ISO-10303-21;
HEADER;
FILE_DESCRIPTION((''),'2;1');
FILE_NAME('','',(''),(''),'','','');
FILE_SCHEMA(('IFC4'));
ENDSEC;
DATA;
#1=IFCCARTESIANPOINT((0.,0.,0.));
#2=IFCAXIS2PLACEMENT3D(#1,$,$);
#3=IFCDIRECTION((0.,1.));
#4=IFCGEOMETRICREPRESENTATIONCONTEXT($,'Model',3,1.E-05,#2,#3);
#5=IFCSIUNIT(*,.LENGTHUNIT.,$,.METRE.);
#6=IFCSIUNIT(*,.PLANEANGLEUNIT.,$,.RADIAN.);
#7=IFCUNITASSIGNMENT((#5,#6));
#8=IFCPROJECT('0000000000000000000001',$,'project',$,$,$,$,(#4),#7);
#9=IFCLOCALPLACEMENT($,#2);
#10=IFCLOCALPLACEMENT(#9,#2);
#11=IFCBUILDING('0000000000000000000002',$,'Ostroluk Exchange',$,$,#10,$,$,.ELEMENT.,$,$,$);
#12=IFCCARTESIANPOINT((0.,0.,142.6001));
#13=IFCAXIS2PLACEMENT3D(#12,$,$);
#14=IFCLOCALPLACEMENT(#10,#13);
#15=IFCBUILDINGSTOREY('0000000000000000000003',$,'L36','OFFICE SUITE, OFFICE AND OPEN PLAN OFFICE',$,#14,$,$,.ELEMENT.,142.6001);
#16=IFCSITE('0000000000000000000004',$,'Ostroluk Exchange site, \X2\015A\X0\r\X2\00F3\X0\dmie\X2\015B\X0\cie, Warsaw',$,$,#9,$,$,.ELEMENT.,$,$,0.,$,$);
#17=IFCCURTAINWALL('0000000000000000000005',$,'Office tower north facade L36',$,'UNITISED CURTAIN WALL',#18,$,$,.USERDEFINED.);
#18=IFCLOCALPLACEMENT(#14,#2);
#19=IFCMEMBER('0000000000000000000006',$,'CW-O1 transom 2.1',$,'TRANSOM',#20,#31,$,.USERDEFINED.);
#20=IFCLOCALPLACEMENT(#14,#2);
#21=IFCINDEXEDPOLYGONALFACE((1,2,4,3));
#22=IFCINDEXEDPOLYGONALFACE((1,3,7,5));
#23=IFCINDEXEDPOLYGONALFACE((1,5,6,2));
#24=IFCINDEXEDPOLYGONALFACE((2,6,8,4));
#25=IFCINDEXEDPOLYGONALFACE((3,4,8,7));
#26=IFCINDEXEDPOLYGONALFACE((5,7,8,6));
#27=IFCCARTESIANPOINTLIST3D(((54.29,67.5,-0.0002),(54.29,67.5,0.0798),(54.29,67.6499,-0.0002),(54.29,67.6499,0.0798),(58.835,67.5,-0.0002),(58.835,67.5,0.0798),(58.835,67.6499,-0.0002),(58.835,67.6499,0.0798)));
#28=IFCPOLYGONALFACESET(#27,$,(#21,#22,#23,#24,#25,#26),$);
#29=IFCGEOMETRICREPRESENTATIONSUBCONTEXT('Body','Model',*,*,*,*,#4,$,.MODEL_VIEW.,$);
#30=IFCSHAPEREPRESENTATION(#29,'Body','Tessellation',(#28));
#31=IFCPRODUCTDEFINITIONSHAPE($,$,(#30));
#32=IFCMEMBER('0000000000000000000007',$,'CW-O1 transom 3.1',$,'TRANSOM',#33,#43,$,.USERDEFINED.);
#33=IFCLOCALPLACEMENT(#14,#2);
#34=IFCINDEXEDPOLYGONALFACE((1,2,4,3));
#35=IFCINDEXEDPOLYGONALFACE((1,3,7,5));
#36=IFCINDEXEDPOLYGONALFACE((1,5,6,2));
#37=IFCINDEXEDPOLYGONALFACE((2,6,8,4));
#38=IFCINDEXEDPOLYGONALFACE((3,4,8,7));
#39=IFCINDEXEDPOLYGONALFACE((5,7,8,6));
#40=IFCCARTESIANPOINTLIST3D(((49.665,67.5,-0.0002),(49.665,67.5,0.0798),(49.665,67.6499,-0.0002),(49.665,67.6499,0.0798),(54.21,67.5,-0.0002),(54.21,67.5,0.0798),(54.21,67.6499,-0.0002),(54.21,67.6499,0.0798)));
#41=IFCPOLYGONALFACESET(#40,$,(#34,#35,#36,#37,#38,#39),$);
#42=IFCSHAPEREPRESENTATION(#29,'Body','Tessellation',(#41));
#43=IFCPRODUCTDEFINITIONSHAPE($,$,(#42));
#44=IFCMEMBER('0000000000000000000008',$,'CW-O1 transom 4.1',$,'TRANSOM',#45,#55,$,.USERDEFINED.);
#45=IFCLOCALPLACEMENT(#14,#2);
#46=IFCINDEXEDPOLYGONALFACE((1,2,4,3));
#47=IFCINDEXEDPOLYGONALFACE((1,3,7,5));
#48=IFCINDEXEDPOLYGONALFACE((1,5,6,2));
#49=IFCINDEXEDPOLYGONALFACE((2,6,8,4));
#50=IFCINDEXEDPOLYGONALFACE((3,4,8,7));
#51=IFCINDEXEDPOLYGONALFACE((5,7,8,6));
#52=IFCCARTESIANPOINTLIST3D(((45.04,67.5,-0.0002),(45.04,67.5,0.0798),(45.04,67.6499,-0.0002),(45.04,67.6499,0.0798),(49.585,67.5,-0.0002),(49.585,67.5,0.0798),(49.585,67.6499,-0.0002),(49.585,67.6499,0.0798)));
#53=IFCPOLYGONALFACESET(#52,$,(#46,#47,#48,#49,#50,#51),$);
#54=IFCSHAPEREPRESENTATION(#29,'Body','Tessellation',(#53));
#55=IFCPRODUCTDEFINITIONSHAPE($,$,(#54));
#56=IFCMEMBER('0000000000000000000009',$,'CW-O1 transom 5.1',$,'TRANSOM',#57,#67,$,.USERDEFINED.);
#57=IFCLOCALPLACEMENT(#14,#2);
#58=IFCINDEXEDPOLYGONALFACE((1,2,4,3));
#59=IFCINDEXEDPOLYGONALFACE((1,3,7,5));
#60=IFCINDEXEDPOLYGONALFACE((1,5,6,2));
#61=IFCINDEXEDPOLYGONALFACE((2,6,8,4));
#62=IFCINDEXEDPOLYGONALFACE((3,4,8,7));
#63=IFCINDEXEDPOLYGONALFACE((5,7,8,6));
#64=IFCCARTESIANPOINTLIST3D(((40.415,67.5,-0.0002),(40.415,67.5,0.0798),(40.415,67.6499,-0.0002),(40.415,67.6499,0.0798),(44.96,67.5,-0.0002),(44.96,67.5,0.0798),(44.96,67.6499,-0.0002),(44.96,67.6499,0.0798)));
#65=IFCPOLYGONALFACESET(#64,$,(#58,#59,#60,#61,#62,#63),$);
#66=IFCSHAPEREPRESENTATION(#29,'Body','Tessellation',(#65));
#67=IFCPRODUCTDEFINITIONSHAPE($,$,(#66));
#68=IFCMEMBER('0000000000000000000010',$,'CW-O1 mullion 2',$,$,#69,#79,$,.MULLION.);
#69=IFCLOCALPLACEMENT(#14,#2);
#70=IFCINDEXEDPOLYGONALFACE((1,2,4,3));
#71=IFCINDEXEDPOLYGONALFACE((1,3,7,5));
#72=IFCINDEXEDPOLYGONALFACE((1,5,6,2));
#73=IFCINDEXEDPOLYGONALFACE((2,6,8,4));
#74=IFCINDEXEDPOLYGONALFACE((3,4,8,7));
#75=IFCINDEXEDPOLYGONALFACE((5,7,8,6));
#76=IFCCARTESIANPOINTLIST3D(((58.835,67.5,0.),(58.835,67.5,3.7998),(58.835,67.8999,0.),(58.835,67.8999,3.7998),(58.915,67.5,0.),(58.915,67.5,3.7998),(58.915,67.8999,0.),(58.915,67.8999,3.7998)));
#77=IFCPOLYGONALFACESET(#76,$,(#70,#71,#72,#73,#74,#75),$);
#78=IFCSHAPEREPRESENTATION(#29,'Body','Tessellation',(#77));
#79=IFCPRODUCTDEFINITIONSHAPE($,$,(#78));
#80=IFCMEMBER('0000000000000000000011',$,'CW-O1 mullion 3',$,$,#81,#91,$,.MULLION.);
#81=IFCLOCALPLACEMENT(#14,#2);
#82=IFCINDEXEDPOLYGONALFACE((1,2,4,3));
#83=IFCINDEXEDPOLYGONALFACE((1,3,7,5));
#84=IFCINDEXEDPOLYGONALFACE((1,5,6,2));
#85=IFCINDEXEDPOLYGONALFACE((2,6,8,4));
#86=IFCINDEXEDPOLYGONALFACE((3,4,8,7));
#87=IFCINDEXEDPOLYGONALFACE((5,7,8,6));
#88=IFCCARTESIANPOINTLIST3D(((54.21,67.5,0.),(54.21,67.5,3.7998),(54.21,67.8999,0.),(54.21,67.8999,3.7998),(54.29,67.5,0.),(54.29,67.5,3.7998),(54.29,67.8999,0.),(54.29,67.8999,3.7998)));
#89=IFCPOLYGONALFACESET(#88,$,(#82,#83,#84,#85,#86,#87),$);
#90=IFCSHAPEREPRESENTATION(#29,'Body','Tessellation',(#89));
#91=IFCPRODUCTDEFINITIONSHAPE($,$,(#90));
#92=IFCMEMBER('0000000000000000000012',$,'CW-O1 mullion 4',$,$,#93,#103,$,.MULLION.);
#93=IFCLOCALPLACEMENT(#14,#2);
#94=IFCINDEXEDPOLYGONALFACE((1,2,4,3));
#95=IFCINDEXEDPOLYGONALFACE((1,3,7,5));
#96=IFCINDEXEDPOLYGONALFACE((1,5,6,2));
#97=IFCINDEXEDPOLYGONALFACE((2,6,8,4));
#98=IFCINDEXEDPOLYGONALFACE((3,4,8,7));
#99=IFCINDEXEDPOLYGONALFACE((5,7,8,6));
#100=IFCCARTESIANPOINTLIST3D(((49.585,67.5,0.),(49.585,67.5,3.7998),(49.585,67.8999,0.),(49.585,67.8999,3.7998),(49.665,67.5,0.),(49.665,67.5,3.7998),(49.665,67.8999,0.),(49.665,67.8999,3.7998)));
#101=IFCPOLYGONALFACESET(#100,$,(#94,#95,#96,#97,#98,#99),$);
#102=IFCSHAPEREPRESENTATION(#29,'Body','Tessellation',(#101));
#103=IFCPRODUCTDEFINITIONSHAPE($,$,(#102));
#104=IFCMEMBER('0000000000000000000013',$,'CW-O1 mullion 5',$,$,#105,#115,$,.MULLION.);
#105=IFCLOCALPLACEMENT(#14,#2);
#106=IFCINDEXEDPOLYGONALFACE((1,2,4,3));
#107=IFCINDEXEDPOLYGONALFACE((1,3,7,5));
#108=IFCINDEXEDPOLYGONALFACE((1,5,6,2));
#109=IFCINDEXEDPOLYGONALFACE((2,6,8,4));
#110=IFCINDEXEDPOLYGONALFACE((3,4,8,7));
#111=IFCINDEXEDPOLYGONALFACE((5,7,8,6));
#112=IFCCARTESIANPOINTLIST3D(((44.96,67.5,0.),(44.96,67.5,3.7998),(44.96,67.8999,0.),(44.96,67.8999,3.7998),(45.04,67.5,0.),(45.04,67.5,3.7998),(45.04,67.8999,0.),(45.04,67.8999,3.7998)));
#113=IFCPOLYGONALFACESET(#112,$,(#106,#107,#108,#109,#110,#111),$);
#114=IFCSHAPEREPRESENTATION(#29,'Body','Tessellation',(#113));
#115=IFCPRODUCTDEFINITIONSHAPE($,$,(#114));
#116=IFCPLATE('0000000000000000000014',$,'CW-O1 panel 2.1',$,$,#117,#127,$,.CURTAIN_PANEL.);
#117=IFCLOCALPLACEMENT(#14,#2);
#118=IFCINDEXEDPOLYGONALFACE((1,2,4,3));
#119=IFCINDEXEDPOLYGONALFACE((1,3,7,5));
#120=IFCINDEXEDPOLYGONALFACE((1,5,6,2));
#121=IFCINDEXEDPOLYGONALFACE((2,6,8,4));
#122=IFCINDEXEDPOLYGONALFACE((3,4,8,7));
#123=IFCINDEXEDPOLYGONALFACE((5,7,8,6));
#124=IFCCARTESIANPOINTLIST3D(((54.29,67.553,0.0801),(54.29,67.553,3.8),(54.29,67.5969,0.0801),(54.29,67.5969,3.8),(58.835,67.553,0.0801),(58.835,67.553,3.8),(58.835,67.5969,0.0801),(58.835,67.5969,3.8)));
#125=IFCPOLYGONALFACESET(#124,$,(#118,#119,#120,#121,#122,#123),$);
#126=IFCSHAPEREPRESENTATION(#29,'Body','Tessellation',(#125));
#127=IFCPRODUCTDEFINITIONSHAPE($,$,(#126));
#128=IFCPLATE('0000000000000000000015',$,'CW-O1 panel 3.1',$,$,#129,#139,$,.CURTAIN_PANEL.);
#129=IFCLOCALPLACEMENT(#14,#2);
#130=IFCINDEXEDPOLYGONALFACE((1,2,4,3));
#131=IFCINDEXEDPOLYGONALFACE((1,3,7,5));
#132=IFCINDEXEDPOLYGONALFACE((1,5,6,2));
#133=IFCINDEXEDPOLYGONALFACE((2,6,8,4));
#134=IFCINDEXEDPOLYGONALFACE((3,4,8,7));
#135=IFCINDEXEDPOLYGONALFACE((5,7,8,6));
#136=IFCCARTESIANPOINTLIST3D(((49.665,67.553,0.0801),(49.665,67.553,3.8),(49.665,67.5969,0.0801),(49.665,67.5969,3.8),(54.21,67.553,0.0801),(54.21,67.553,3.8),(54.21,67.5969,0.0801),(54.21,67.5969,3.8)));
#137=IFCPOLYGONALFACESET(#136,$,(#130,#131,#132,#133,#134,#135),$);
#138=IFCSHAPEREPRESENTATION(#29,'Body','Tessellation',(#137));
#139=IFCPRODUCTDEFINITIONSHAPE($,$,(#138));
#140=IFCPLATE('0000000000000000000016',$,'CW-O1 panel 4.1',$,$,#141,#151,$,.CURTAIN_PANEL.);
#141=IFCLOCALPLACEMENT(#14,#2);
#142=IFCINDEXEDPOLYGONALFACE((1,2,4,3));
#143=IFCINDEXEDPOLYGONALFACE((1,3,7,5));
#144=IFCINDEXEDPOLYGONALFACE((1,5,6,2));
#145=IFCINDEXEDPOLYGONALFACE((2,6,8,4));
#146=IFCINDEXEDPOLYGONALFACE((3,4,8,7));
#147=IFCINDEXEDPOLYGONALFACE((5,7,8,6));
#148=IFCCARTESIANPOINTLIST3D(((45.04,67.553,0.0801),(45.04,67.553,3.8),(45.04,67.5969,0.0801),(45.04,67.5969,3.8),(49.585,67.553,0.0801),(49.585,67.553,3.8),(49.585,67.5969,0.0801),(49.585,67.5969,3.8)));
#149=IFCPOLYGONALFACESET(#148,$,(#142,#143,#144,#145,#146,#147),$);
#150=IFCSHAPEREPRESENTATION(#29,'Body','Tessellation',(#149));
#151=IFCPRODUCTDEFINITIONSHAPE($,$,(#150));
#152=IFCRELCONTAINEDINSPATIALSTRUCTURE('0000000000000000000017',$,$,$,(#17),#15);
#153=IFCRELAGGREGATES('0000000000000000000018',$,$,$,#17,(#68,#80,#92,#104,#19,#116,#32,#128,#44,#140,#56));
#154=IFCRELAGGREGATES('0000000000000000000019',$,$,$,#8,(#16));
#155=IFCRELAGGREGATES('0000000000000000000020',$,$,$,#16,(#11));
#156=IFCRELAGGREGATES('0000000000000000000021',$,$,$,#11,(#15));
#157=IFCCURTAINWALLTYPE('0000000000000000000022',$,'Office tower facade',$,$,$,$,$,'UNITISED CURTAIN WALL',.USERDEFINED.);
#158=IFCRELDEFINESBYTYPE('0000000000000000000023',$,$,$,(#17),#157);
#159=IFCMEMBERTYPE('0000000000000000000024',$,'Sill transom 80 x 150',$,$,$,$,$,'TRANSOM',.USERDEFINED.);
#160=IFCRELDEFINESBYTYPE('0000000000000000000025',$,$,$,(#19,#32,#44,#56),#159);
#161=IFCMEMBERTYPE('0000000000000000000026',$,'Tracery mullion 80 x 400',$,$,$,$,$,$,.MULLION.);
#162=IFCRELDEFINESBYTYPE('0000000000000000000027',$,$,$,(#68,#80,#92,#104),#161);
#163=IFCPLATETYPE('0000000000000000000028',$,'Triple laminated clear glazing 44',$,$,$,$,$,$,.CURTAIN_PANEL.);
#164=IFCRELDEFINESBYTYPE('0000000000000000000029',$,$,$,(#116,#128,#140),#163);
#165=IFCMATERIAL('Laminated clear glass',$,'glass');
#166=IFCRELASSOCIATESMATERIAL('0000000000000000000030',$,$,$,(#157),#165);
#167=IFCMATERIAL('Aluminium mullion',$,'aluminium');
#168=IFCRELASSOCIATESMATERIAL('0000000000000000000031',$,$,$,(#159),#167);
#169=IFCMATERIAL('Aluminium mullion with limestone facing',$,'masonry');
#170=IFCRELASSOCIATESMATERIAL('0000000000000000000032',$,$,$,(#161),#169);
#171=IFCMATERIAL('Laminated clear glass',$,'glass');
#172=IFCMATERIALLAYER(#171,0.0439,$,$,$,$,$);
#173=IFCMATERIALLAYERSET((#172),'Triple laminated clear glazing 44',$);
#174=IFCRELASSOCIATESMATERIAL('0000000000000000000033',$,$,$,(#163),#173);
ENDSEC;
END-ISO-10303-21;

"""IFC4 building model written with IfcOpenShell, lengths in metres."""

from ifc_helpers import new_model, si_unit, direction, frame, origin, origin_2d, place, context, subcontext, project, spatial, rectangle, extrude, material, layer, layer_set, material_profile, profile_set, type_object, element, aggregate, save


model = new_model("IFC4")

# Units and contexts
model_context = context("Model", 3, precision=1e-05, world=origin(), true_north=direction((0.0, 1.0)))
body_context = subcontext(model_context, "Body", "Model", "MODEL_VIEW")
ifc_project = project(units=[si_unit("LENGTHUNIT", "METRE"), si_unit("PLANEANGLEUNIT", "RADIAN")], contexts=[model_context])

# Site, building, storey
site_placement = place(None, origin())
site = spatial("IfcSite", under=ifc_project, at=site_placement, Name="Ostroluk Exchange site, Śródmieście, Warsaw", CompositionType="ELEMENT", RefElevation=0.0)
building_placement = place(site_placement, origin())
building = spatial("IfcBuilding", under=site, at=building_placement, Name="Ostroluk Exchange", CompositionType="ELEMENT")
storey_placement = place(building_placement, frame((0.0, 0.0, 142.6001)))
storey = spatial("IfcBuildingStorey", under=building, at=storey_placement, Name="L36", Description="OFFICE SUITE, OFFICE AND OPEN PLAN OFFICE", CompositionType="ELEMENT", Elevation=142.6001)

# Curtain wall, members, plates
ifc_material_1 = material(Name="Laminated clear glass", Category="glass")
curtain_wall_type = type_object("IfcCurtainWallType", Name="Office tower facade", ElementType="UNITISED CURTAIN WALL", PredefinedType="USERDEFINED", material=ifc_material_1)
curtain_wall_placement = place(storey_placement, origin())
curtain_wall = element("IfcCurtainWall", 1, at=curtain_wall_placement, inside=storey, type_object=curtain_wall_type, Name="Office tower north facade L36", ObjectType="UNITISED CURTAIN WALL", PredefinedType="USERDEFINED")
ifc_material_2 = material(Name="Aluminium mullion", Category="aluminium")
ifc_material_profile_1 = material_profile(ifc_material_2, rectangle(XDim=0.1499, YDim=0.0801, at=origin_2d()), Name="Sill transom 80 x 150")
ifc_profile_set_1 = profile_set([ifc_material_profile_1], Name="Aluminium mullion")
member_type_1 = type_object("IfcMemberType", Name="Sill transom 80 x 150", ElementType="TRANSOM", PredefinedType="USERDEFINED", material=ifc_profile_set_1)
member_1_placement = place(storey_placement, frame((58.835, 67.575, 0.0398), z_axis=(-1.0, 0.0, 0.0), x_axis=(0.0, -1.0, 0.0)))
member_1 = element("IfcMember", 2, at=member_1_placement, type_object=member_type_1, Name="CW-O1 transom 2.1", ObjectType="TRANSOM", PredefinedType="USERDEFINED", context=body_context, shape_type="SweptSolid", body=[
    extrude(rectangle(XDim=0.1499, YDim=0.0801, at=origin_2d()), origin(), (0.0, 0.0, 1.0), 4.5449),
])
member_2_placement = place(storey_placement, frame((54.21, 67.575, 0.0398), z_axis=(-1.0, 0.0, 0.0), x_axis=(0.0, -1.0, 0.0)))
member_2 = element("IfcMember", 3, at=member_2_placement, type_object=member_type_1, Name="CW-O1 transom 3.1", ObjectType="TRANSOM", PredefinedType="USERDEFINED", context=body_context, shape_type="SweptSolid", body=[
    extrude(rectangle(XDim=0.1499, YDim=0.0801, at=origin_2d()), origin(), (0.0, 0.0, 1.0), 4.5449),
])
member_3_placement = place(storey_placement, frame((49.585, 67.575, 0.0398), z_axis=(-1.0, 0.0, 0.0), x_axis=(0.0, -1.0, 0.0)))
member_3 = element("IfcMember", 4, at=member_3_placement, type_object=member_type_1, Name="CW-O1 transom 4.1", ObjectType="TRANSOM", PredefinedType="USERDEFINED", context=body_context, shape_type="SweptSolid", body=[
    extrude(rectangle(XDim=0.1499, YDim=0.0801, at=origin_2d()), origin(), (0.0, 0.0, 1.0), 4.5449),
])
member_4_placement = place(storey_placement, frame((44.96, 67.575, 0.0398), z_axis=(-1.0, 0.0, 0.0), x_axis=(0.0, -1.0, 0.0)))
member_4 = element("IfcMember", 5, at=member_4_placement, type_object=member_type_1, Name="CW-O1 transom 5.1", ObjectType="TRANSOM", PredefinedType="USERDEFINED", context=body_context, shape_type="SweptSolid", body=[
    extrude(rectangle(XDim=0.1499, YDim=0.0801, at=origin_2d()), origin(), (0.0, 0.0, 1.0), 4.5449),
])
ifc_material_3 = material(Name="Aluminium mullion with limestone facing", Category="masonry")
ifc_material_profile_2 = material_profile(ifc_material_3, rectangle(XDim=0.3999, YDim=0.0801, at=origin_2d()), Name="Tracery mullion 80 x 400")
ifc_profile_set_2 = profile_set([ifc_material_profile_2], Name="Aluminium mullion with limestone facing")
member_type_2 = type_object("IfcMemberType", Name="Tracery mullion 80 x 400", PredefinedType="MULLION", material=ifc_profile_set_2)
member_5_placement = place(storey_placement, frame((58.875, 67.7, 0.0), z_axis=(0.0, 0.0, 1.0), x_axis=(0.0, -1.0, 0.0)))
member_5 = element("IfcMember", 6, at=member_5_placement, type_object=member_type_2, Name="CW-O1 mullion 2", PredefinedType="MULLION", context=body_context, shape_type="SweptSolid", body=[
    extrude(rectangle(XDim=0.3999, YDim=0.0801, at=origin_2d()), origin(), (0.0, 0.0, 1.0), 3.7998),
])
member_6_placement = place(storey_placement, frame((54.25, 67.7, 0.0), z_axis=(0.0, 0.0, 1.0), x_axis=(0.0, -1.0, 0.0)))
member_6 = element("IfcMember", 7, at=member_6_placement, type_object=member_type_2, Name="CW-O1 mullion 3", PredefinedType="MULLION", context=body_context, shape_type="SweptSolid", body=[
    extrude(rectangle(XDim=0.3999, YDim=0.0801, at=origin_2d()), origin(), (0.0, 0.0, 1.0), 3.7998),
])
member_7_placement = place(storey_placement, frame((49.625, 67.7, 0.0), z_axis=(0.0, 0.0, 1.0), x_axis=(0.0, -1.0, 0.0)))
member_7 = element("IfcMember", 8, at=member_7_placement, type_object=member_type_2, Name="CW-O1 mullion 4", PredefinedType="MULLION", context=body_context, shape_type="SweptSolid", body=[
    extrude(rectangle(XDim=0.3999, YDim=0.0801, at=origin_2d()), origin(), (0.0, 0.0, 1.0), 3.7998),
])
member_8_placement = place(storey_placement, frame((45.0, 67.7, 0.0), z_axis=(0.0, 0.0, 1.0), x_axis=(0.0, -1.0, 0.0)))
member_8 = element("IfcMember", 9, at=member_8_placement, type_object=member_type_2, Name="CW-O1 mullion 5", PredefinedType="MULLION", context=body_context, shape_type="SweptSolid", body=[
    extrude(rectangle(XDim=0.3999, YDim=0.0801, at=origin_2d()), origin(), (0.0, 0.0, 1.0), 3.7998),
])
ifc_material_4 = material(Name="Laminated clear glass", Category="glass")
ifc_layer_1 = layer(ifc_material_4, 0.0439)
ifc_layer_set_1 = layer_set([ifc_layer_1], Name="Triple laminated clear glazing 44")
plate_type = type_object("IfcPlateType", Name="Triple laminated clear glazing 44", PredefinedType="CURTAIN_PANEL", material=ifc_layer_set_1)
plate_1_placement = place(storey_placement, frame((56.5625, 67.575, 0.0801), z_axis=(0.0, 0.0, 1.0), x_axis=(-1.0, 0.0, 0.0)))
plate_1 = element("IfcPlate", 10, at=plate_1_placement, type_object=plate_type, Name="CW-O1 panel 2.1", PredefinedType="CURTAIN_PANEL", context=body_context, shape_type="SweptSolid", body=[
    extrude(rectangle(XDim=4.5449, YDim=0.0439, at=origin_2d()), origin(), (0.0, 0.0, 1.0), 3.72),
])
plate_2_placement = place(storey_placement, frame((51.9375, 67.575, 0.0801), z_axis=(0.0, 0.0, 1.0), x_axis=(-1.0, 0.0, 0.0)))
plate_2 = element("IfcPlate", 11, at=plate_2_placement, type_object=plate_type, Name="CW-O1 panel 3.1", PredefinedType="CURTAIN_PANEL", context=body_context, shape_type="SweptSolid", body=[
    extrude(rectangle(XDim=4.5449, YDim=0.0439, at=origin_2d()), origin(), (0.0, 0.0, 1.0), 3.72),
])
plate_3_placement = place(storey_placement, frame((47.3125, 67.575, 0.0801), z_axis=(0.0, 0.0, 1.0), x_axis=(-1.0, 0.0, 0.0)))
plate_3 = element("IfcPlate", 12, at=plate_3_placement, type_object=plate_type, Name="CW-O1 panel 4.1", PredefinedType="CURTAIN_PANEL", context=body_context, shape_type="SweptSolid", body=[
    extrude(rectangle(XDim=4.5449, YDim=0.0439, at=origin_2d()), origin(), (0.0, 0.0, 1.0), 3.72),
])
aggregate(curtain_wall, [member_5, member_6, member_7, member_8, member_1, plate_1, member_2, plate_2, member_3, plate_3, member_4])

save(model, "model.ifc")
